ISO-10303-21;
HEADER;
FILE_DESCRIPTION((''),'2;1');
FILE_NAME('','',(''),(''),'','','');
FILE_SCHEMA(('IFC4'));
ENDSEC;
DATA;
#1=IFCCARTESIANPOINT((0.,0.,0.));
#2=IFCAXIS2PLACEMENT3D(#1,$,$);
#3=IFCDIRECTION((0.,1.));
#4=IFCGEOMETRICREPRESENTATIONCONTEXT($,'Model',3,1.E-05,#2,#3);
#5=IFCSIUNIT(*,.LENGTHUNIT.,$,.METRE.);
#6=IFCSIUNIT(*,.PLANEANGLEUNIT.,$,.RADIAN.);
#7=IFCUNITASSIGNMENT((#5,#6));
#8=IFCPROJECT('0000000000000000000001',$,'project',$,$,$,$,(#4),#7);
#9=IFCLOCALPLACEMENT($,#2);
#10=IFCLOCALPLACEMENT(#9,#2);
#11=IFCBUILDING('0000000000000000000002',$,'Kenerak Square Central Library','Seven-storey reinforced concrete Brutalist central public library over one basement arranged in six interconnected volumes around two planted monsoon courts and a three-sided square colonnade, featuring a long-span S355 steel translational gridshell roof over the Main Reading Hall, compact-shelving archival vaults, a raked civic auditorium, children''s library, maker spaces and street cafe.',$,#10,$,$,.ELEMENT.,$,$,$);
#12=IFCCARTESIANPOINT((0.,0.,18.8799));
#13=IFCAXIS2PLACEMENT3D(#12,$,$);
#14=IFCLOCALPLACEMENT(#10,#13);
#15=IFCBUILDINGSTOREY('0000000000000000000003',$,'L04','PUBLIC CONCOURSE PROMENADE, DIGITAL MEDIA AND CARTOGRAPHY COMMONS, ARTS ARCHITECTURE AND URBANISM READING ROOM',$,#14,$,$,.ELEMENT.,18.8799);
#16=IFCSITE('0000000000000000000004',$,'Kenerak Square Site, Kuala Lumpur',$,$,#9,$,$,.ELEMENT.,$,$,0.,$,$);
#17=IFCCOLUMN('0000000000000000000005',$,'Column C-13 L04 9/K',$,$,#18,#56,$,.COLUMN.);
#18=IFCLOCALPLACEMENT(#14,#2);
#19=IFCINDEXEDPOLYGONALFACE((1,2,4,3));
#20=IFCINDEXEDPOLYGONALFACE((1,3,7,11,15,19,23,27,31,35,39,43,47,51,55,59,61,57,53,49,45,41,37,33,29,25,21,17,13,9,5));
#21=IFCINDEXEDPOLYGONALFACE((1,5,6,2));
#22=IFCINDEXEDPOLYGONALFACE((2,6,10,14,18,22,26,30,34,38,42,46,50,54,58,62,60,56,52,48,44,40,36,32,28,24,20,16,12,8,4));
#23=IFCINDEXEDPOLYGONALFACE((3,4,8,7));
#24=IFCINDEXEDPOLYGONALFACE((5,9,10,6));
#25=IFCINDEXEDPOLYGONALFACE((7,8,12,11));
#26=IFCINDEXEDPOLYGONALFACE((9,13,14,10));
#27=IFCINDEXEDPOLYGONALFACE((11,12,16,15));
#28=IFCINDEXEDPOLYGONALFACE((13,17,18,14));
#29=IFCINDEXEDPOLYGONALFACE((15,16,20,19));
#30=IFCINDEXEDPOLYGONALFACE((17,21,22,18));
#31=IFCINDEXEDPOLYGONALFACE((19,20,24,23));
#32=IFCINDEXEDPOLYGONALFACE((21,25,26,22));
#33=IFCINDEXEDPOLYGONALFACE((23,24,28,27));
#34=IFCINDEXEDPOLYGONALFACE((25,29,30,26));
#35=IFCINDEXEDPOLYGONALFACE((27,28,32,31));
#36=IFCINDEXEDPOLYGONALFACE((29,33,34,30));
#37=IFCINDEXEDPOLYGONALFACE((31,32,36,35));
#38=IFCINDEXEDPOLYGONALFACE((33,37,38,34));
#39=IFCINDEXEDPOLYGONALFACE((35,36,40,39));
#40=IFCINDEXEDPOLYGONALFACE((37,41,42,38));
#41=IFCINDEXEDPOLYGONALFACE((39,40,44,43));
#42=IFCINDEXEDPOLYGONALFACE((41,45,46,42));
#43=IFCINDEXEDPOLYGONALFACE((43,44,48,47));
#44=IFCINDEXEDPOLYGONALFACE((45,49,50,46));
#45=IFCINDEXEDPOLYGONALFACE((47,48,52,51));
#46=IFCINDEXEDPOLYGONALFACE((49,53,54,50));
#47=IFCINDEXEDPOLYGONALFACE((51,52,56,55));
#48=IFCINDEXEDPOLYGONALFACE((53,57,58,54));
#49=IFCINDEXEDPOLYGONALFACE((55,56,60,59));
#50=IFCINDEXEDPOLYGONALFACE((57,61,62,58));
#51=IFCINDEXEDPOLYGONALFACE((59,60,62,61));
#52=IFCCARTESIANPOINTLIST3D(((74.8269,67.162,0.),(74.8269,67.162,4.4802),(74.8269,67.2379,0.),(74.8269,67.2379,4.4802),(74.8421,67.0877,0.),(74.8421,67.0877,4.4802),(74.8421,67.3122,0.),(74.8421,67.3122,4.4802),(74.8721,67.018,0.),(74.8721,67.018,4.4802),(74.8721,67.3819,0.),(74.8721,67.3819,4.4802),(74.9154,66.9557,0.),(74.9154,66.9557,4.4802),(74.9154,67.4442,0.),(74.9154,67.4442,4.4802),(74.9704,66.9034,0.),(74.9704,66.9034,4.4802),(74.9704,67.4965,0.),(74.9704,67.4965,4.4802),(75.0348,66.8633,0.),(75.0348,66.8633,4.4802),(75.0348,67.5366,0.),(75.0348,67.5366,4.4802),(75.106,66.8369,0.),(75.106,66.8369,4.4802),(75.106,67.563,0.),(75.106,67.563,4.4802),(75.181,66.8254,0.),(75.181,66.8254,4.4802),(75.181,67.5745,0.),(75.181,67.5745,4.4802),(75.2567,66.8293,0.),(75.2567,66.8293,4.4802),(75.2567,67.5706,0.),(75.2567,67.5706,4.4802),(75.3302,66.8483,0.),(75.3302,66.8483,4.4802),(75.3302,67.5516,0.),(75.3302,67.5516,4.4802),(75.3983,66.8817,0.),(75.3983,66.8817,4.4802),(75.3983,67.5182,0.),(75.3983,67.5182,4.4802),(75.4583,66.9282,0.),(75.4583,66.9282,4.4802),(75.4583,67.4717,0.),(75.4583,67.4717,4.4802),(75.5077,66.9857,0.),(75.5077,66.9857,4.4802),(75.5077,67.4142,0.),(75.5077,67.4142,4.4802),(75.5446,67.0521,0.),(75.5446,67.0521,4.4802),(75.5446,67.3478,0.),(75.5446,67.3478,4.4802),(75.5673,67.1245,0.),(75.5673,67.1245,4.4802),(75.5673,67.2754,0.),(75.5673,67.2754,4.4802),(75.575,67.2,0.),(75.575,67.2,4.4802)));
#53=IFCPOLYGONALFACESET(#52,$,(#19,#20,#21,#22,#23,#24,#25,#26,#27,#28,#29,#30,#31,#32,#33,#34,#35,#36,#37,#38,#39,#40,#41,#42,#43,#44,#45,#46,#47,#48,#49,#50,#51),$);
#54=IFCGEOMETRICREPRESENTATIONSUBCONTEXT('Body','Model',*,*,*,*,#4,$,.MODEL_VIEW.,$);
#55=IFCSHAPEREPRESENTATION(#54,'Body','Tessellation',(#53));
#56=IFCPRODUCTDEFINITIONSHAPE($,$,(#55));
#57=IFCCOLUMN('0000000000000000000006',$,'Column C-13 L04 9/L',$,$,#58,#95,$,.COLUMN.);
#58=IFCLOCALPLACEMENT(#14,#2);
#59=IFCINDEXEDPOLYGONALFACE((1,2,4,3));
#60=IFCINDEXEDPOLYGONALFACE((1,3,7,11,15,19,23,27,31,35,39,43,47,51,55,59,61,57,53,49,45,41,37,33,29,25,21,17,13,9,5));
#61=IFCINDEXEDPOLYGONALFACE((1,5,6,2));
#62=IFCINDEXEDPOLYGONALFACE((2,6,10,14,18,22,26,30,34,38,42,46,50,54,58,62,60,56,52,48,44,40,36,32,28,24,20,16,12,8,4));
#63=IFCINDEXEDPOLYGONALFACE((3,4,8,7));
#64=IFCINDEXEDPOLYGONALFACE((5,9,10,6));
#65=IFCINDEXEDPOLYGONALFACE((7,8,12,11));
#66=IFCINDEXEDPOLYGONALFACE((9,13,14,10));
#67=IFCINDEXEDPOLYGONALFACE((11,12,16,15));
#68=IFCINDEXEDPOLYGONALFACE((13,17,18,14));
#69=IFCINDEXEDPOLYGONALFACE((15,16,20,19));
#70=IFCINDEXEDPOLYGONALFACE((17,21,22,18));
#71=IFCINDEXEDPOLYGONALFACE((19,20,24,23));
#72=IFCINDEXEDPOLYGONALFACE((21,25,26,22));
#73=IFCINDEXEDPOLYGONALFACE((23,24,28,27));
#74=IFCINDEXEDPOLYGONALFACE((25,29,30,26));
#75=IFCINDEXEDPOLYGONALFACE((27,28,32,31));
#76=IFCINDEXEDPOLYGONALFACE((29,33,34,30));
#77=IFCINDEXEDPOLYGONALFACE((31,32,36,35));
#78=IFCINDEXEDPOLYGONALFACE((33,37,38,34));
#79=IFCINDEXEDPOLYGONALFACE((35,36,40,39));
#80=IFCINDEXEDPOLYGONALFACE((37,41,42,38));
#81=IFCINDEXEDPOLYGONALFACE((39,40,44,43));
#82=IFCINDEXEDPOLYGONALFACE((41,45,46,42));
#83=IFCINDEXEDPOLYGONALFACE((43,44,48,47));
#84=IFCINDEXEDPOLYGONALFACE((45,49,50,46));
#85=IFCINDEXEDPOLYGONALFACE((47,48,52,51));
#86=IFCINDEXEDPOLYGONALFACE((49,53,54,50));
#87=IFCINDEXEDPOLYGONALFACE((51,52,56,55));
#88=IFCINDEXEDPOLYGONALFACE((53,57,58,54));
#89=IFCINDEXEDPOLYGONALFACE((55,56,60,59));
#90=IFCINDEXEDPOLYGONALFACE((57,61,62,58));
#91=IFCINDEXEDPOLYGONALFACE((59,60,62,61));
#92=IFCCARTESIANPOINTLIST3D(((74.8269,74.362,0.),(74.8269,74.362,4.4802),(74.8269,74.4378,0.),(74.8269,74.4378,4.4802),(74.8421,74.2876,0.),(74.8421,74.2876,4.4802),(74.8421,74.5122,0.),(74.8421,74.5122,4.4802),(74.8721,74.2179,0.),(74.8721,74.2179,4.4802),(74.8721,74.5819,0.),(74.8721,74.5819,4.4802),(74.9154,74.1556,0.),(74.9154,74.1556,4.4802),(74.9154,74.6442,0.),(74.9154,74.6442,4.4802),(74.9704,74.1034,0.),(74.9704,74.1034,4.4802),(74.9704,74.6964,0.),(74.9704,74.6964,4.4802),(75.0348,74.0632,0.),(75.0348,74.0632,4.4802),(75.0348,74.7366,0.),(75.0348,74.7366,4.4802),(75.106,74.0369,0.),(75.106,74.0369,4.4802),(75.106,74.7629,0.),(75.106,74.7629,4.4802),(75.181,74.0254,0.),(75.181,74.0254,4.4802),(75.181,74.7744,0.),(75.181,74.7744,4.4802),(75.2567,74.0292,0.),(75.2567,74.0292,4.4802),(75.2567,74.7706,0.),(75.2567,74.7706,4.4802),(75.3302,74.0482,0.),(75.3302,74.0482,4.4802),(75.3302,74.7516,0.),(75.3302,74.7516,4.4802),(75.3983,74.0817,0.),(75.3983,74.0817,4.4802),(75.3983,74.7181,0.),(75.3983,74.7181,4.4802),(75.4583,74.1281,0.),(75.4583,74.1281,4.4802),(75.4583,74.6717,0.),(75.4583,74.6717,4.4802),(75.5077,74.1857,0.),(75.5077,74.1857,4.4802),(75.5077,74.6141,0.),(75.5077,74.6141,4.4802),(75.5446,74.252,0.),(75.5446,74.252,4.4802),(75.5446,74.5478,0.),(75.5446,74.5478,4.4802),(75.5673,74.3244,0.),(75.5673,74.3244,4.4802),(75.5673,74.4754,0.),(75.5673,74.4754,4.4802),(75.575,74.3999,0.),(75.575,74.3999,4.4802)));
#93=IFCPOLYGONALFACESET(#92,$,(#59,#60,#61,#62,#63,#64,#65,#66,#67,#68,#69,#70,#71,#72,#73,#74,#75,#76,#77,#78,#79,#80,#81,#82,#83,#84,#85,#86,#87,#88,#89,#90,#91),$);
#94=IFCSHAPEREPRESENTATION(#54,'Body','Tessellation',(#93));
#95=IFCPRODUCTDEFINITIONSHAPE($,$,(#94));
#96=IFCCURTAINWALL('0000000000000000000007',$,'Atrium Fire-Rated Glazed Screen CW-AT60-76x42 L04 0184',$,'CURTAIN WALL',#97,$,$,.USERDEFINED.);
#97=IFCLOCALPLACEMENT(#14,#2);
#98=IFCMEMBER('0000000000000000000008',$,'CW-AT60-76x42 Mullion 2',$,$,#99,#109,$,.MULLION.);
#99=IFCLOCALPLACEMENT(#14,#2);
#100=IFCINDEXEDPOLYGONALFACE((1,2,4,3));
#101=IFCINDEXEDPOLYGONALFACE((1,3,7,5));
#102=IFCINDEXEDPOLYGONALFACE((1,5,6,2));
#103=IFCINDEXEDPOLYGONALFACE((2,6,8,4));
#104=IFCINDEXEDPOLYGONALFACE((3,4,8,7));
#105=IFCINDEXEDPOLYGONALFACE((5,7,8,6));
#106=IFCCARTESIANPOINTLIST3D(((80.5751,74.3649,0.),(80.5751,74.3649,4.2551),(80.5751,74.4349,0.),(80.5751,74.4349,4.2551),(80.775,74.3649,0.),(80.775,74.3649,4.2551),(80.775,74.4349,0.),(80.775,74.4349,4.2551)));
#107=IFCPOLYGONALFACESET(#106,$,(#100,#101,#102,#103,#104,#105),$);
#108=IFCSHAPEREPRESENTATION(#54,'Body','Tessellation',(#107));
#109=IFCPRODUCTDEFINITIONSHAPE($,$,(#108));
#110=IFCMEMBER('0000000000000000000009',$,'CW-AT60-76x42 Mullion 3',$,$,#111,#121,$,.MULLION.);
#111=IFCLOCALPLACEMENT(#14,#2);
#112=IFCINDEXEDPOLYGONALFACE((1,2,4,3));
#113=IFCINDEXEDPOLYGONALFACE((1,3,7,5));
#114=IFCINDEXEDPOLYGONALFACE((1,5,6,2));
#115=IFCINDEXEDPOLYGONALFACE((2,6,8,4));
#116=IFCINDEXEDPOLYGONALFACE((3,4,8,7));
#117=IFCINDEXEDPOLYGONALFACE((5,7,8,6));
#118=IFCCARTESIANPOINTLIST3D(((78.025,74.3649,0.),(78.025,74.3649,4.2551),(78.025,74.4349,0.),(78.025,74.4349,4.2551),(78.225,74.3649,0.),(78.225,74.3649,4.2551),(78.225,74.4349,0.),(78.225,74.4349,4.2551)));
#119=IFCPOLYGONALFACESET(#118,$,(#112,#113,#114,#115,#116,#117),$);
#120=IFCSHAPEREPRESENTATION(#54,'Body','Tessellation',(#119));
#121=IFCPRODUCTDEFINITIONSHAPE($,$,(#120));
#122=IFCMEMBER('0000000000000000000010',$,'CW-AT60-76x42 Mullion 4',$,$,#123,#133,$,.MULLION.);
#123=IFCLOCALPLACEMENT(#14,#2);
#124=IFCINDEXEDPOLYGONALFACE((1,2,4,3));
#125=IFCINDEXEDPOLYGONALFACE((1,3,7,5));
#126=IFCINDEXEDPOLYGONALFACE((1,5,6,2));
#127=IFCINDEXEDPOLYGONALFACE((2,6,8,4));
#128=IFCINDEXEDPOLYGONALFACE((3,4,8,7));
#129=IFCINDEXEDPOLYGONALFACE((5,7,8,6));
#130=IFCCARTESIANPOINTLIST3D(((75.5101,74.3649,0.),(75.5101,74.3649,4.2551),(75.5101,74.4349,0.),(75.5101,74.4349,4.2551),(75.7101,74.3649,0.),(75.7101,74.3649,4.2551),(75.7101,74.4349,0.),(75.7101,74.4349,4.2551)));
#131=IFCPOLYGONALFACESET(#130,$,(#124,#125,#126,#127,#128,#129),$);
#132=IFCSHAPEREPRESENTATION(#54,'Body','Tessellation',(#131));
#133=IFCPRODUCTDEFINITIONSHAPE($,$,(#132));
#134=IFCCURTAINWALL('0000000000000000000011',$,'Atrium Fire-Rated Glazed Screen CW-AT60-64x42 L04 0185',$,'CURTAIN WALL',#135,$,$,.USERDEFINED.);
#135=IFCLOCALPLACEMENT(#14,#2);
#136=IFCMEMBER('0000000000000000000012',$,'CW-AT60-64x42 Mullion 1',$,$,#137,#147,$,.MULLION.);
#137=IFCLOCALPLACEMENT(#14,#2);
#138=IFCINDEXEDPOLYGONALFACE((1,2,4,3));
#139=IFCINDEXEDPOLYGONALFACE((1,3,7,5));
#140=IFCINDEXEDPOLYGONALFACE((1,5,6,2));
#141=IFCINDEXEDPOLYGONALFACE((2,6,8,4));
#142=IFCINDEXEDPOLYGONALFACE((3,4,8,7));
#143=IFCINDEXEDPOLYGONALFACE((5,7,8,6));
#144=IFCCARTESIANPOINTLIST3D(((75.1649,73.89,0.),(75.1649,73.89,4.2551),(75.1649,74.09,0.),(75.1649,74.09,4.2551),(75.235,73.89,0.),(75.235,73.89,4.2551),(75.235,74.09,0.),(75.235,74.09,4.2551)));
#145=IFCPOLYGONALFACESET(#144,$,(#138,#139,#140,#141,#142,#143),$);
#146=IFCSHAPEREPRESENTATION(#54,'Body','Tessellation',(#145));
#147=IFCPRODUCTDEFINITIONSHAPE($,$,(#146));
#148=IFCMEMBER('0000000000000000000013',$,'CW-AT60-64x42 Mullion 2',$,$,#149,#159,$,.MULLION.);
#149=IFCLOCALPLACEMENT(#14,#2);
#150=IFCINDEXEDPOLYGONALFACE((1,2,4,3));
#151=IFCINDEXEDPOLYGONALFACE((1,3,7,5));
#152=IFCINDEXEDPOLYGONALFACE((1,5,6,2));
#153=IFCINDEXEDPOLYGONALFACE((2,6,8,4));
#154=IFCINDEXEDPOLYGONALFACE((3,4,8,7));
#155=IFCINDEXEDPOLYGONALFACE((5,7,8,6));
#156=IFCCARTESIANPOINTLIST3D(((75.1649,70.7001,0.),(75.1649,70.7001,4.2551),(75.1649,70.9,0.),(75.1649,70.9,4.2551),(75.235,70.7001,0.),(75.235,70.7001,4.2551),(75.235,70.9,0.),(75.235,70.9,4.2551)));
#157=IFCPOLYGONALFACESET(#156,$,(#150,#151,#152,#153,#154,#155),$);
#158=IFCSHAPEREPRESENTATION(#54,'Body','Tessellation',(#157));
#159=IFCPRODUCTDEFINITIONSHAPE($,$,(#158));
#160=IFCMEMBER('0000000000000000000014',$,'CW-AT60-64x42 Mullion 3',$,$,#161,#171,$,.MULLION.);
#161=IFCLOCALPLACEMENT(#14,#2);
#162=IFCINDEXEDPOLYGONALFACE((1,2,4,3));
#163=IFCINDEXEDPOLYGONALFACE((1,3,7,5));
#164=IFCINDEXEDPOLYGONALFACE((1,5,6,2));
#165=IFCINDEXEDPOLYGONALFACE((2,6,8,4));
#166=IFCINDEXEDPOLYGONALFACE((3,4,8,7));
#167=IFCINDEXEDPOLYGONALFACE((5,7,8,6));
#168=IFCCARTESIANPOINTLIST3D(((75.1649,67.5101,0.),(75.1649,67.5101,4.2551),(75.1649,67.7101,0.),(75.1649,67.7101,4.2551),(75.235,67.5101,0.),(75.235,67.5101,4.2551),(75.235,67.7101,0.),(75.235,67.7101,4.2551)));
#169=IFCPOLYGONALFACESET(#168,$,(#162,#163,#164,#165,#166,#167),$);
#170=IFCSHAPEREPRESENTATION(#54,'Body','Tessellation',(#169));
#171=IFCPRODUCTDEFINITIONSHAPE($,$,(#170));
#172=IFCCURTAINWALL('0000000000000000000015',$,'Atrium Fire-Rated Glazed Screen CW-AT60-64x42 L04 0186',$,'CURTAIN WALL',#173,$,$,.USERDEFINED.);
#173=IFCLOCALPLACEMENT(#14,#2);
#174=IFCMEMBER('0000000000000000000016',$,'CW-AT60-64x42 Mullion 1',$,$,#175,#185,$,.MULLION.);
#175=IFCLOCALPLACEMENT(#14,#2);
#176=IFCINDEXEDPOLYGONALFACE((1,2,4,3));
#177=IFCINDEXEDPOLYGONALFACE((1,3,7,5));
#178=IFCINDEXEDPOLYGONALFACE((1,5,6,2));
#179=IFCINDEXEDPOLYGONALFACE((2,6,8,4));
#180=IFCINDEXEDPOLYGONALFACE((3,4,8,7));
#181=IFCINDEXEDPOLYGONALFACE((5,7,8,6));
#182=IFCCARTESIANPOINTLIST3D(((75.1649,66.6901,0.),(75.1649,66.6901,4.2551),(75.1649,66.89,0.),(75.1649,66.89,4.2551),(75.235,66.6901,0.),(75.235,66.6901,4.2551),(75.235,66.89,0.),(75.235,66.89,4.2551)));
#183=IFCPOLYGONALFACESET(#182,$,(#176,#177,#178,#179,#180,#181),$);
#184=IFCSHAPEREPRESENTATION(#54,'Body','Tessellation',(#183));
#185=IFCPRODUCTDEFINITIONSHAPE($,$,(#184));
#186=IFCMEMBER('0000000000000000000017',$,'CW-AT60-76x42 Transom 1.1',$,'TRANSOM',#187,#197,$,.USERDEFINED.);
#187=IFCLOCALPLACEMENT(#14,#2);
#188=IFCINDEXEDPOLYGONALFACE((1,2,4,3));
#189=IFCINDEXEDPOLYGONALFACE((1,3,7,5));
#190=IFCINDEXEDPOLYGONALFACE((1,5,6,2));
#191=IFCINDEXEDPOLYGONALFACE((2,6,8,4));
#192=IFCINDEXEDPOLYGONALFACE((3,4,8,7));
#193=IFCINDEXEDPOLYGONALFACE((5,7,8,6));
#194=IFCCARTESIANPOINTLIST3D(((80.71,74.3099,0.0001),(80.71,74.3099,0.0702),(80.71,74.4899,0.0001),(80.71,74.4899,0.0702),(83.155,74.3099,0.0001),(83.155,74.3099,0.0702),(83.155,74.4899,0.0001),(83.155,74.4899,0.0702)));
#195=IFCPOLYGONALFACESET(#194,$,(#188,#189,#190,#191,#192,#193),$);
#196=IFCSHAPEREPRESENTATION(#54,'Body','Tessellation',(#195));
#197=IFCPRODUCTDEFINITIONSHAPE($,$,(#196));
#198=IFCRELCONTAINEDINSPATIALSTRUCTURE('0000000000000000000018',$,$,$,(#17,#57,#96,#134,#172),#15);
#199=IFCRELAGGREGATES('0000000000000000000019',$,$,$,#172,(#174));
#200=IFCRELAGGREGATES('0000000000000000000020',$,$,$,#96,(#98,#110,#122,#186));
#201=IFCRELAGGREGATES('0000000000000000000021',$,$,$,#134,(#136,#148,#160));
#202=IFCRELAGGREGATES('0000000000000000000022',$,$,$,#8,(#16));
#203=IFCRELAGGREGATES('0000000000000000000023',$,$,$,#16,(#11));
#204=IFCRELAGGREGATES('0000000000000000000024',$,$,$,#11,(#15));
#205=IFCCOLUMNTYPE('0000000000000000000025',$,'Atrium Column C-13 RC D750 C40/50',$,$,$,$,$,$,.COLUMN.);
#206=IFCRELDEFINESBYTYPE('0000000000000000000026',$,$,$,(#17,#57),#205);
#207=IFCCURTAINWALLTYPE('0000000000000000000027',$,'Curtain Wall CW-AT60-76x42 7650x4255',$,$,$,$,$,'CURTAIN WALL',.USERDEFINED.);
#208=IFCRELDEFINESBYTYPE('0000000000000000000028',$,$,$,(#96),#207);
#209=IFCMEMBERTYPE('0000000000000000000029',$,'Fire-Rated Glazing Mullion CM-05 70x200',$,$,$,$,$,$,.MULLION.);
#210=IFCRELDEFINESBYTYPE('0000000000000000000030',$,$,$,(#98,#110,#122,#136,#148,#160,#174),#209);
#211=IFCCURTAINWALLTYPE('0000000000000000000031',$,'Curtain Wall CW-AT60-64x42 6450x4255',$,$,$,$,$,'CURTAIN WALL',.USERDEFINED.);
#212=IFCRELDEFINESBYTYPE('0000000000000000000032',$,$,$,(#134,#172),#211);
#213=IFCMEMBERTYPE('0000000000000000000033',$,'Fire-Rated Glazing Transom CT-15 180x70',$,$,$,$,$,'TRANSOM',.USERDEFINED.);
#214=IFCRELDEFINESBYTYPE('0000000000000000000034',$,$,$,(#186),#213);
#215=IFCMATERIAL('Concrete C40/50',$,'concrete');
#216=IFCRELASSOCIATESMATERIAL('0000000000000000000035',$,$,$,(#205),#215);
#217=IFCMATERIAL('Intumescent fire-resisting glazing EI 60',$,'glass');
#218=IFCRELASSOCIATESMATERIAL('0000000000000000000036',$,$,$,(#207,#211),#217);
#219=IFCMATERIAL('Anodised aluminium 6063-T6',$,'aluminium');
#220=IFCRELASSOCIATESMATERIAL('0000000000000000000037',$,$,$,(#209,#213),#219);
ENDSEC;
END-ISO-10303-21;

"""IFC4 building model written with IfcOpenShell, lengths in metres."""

from ifc_helpers import new_model, si_unit, direction, frame, origin, origin_2d, place, context, subcontext, project, spatial, rectangle, circle, extrude, material, material_profile, profile_set, type_object, element, aggregate, save


model = new_model("IFC4")

# Units and contexts
model_context = context("Model", 3, precision=1e-05, world=origin(), true_north=direction((0.0, 1.0)))
body_context = subcontext(model_context, "Body", "Model", "MODEL_VIEW")
ifc_project = project(units=[si_unit("LENGTHUNIT", "METRE"), si_unit("PLANEANGLEUNIT", "RADIAN")], contexts=[model_context])

# Site, building, storey
site_placement = place(None, origin())
site = spatial("IfcSite", under=ifc_project, at=site_placement, Name="Kenerak Square Site, Kuala Lumpur", CompositionType="ELEMENT", RefElevation=0.0)
building_placement = place(site_placement, origin())
building = spatial("IfcBuilding", under=site, at=building_placement, Name="Kenerak Square Central Library", Description="Seven-storey reinforced concrete Brutalist central public library over one basement arranged in six interconnected volumes around two planted monsoon courts and a three-sided square colonnade, featuring a long-span S355 steel translational gridshell roof over the Main Reading Hall, compact-shelving archival vaults, a raked civic auditorium, children's library, maker spaces and street cafe.", CompositionType="ELEMENT")
storey_placement = place(building_placement, frame((0.0, 0.0, 18.8799)))
storey = spatial("IfcBuildingStorey", under=building, at=storey_placement, Name="L04", Description="PUBLIC CONCOURSE PROMENADE, DIGITAL MEDIA AND CARTOGRAPHY COMMONS, ARTS ARCHITECTURE AND URBANISM READING ROOM", CompositionType="ELEMENT", Elevation=18.8799)

# Columns
ifc_material_1 = material(Name="Concrete C40/50", Category="concrete")
ifc_material_profile_1 = material_profile(ifc_material_1, circle(Radius=0.375, at=origin_2d()), Name="RC D750")
ifc_profile_set_1 = profile_set([ifc_material_profile_1], Name="Concrete C40/50")
column_type = type_object("IfcColumnType", Name="Atrium Column C-13 RC D750 C40/50", PredefinedType="COLUMN", material=ifc_profile_set_1)
for number, where, z_axis, x_axis, name in (
    (1, (75.2, 67.2, 0.0), (0.0, 0.0, 1.0), (1.0, 0.0, 0.0), "Column C-13 L04 9/K"),
    (2, (75.2, 74.3999, 0.0), (0.0, 0.0, 1.0), (1.0, 0.0, 0.0), "Column C-13 L04 9/L"),
):
    element("IfcColumn", number, at=place(storey_placement, frame(where, z_axis=z_axis, x_axis=x_axis)), inside=storey, type_object=column_type, Name=name, PredefinedType="COLUMN", context=body_context, shape_type="SweptSolid", body=[
        extrude(circle(Radius=0.375, at=origin_2d()), origin(), (0.0, 0.0, 1.0), 4.4802),
    ])

# Curtain walls, members
ifc_material_2 = material(Name="Intumescent fire-resisting glazing EI 60", Category="glass")
curtain_wall_type_1 = type_object("IfcCurtainWallType", Name="Curtain Wall CW-AT60-76x42 7650x4255", ElementType="CURTAIN WALL", PredefinedType="USERDEFINED", material=ifc_material_2)
curtain_wall_1_placement = place(storey_placement, origin())
curtain_wall_1 = element("IfcCurtainWall", 3, at=curtain_wall_1_placement, inside=storey, type_object=curtain_wall_type_1, Name="Atrium Fire-Rated Glazed Screen CW-AT60-76x42 L04 0184", ObjectType="CURTAIN WALL", PredefinedType="USERDEFINED")
ifc_material_3 = material(Name="Anodised aluminium 6063-T6", Category="aluminium")
ifc_material_profile_2 = material_profile(ifc_material_3, rectangle(XDim=0.0701, YDim=0.2, at=origin_2d()), Name="AL MULLION 70x200")
ifc_profile_set_2 = profile_set([ifc_material_profile_2], Name="Anodised aluminium 6063-T6")
member_type_1 = type_object("IfcMemberType", Name="Fire-Rated Glazing Mullion CM-05 70x200", PredefinedType="MULLION", material=ifc_profile_set_2)
member_1_placement = place(storey_placement, frame((80.675, 74.3999, 0.0), z_axis=(0.0, 0.0, 1.0), x_axis=(0.0, -1.0, 0.0)))
member_1 = element("IfcMember", 4, at=member_1_placement, type_object=member_type_1, Name="CW-AT60-76x42 Mullion 2", PredefinedType="MULLION", context=body_context, shape_type="SweptSolid", body=[
    extrude(rectangle(XDim=0.0701, YDim=0.2, at=origin_2d()), origin(), (0.0, 0.0, 1.0), 4.2551),
])
member_2_placement = place(storey_placement, frame((78.125, 74.3999, 0.0), z_axis=(0.0, 0.0, 1.0), x_axis=(0.0, -1.0, 0.0)))
member_2 = element("IfcMember", 5, at=member_2_placement, type_object=member_type_1, Name="CW-AT60-76x42 Mullion 3", PredefinedType="MULLION", context=body_context, shape_type="SweptSolid", body=[
    extrude(rectangle(XDim=0.0701, YDim=0.2, at=origin_2d()), origin(), (0.0, 0.0, 1.0), 4.2551),
])
member_3_placement = place(storey_placement, frame((75.6101, 74.3999, 0.0), z_axis=(0.0, 0.0, 1.0), x_axis=(0.0, -1.0, 0.0)))
member_3 = element("IfcMember", 6, at=member_3_placement, type_object=member_type_1, Name="CW-AT60-76x42 Mullion 4", PredefinedType="MULLION", context=body_context, shape_type="SweptSolid", body=[
    extrude(rectangle(XDim=0.0701, YDim=0.2, at=origin_2d()), origin(), (0.0, 0.0, 1.0), 4.2551),
])
curtain_wall_type_2 = type_object("IfcCurtainWallType", Name="Curtain Wall CW-AT60-64x42 6450x4255", ElementType="CURTAIN WALL", PredefinedType="USERDEFINED", material=ifc_material_2)
curtain_wall_2_placement = place(storey_placement, origin())
curtain_wall_2 = element("IfcCurtainWall", 7, at=curtain_wall_2_placement, inside=storey, type_object=curtain_wall_type_2, Name="Atrium Fire-Rated Glazed Screen CW-AT60-64x42 L04 0185", ObjectType="CURTAIN WALL", PredefinedType="USERDEFINED")
member_4_placement = place(storey_placement, frame((75.2, 73.99, 0.0), z_axis=(0.0, 0.0, 1.0), x_axis=(1.0, 0.0, 0.0)))
member_4 = element("IfcMember", 8, at=member_4_placement, type_object=member_type_1, Name="CW-AT60-64x42 Mullion 1", PredefinedType="MULLION", context=body_context, shape_type="SweptSolid", body=[
    extrude(rectangle(XDim=0.0701, YDim=0.2, at=origin_2d()), origin(), (0.0, 0.0, 1.0), 4.2551),
])
member_5_placement = place(storey_placement, frame((75.2, 70.8, 0.0), z_axis=(0.0, 0.0, 1.0), x_axis=(1.0, 0.0, 0.0)))
member_5 = element("IfcMember", 9, at=member_5_placement, type_object=member_type_1, Name="CW-AT60-64x42 Mullion 2", PredefinedType="MULLION", context=body_context, shape_type="SweptSolid", body=[
    extrude(rectangle(XDim=0.0701, YDim=0.2, at=origin_2d()), origin(), (0.0, 0.0, 1.0), 4.2551),
])
member_6_placement = place(storey_placement, frame((75.2, 67.6101, 0.0), z_axis=(0.0, 0.0, 1.0), x_axis=(1.0, 0.0, 0.0)))
member_6 = element("IfcMember", 10, at=member_6_placement, type_object=member_type_1, Name="CW-AT60-64x42 Mullion 3", PredefinedType="MULLION", context=body_context, shape_type="SweptSolid", body=[
    extrude(rectangle(XDim=0.0701, YDim=0.2, at=origin_2d()), origin(), (0.0, 0.0, 1.0), 4.2551),
])

# Curtain wall, member
curtain_wall_3_placement = place(storey_placement, origin())
curtain_wall_3 = element("IfcCurtainWall", 11, at=curtain_wall_3_placement, inside=storey, type_object=curtain_wall_type_2, Name="Atrium Fire-Rated Glazed Screen CW-AT60-64x42 L04 0186", ObjectType="CURTAIN WALL", PredefinedType="USERDEFINED")
member_7_placement = place(storey_placement, frame((75.2, 66.79, 0.0), z_axis=(0.0, 0.0, 1.0), x_axis=(1.0, 0.0, 0.0)))
member_7 = element("IfcMember", 12, at=member_7_placement, type_object=member_type_1, Name="CW-AT60-64x42 Mullion 1", PredefinedType="MULLION", context=body_context, shape_type="SweptSolid", body=[
    extrude(rectangle(XDim=0.0701, YDim=0.2, at=origin_2d()), origin(), (0.0, 0.0, 1.0), 4.2551),
])
aggregate(curtain_wall_3, [member_7])

# Member
ifc_material_profile_3 = material_profile(ifc_material_3, rectangle(XDim=0.1799, YDim=0.0701, at=origin_2d()), Name="AL TRANSOM 180x70")
ifc_profile_set_3 = profile_set([ifc_material_profile_3], Name="Anodised aluminium 6063-T6")
member_type_2 = type_object("IfcMemberType", Name="Fire-Rated Glazing Transom CT-15 180x70", ElementType="TRANSOM", PredefinedType="USERDEFINED", material=ifc_profile_set_3)
member_8_placement = place(storey_placement, frame((83.155, 74.3999, 0.0352), z_axis=(-1.0, 0.0, 0.0), x_axis=(0.0, -1.0, 0.0)))
member_8 = element("IfcMember", 13, at=member_8_placement, type_object=member_type_2, Name="CW-AT60-76x42 Transom 1.1", ObjectType="TRANSOM", PredefinedType="USERDEFINED", context=body_context, shape_type="SweptSolid", body=[
    extrude(rectangle(XDim=0.1799, YDim=0.0701, at=origin_2d()), origin(), (0.0, 0.0, 1.0), 2.4451),
])

aggregate(curtain_wall_1, [member_1, member_2, member_3, member_8])
aggregate(curtain_wall_2, [member_4, member_5, member_6])

save(model, "model.ifc")
